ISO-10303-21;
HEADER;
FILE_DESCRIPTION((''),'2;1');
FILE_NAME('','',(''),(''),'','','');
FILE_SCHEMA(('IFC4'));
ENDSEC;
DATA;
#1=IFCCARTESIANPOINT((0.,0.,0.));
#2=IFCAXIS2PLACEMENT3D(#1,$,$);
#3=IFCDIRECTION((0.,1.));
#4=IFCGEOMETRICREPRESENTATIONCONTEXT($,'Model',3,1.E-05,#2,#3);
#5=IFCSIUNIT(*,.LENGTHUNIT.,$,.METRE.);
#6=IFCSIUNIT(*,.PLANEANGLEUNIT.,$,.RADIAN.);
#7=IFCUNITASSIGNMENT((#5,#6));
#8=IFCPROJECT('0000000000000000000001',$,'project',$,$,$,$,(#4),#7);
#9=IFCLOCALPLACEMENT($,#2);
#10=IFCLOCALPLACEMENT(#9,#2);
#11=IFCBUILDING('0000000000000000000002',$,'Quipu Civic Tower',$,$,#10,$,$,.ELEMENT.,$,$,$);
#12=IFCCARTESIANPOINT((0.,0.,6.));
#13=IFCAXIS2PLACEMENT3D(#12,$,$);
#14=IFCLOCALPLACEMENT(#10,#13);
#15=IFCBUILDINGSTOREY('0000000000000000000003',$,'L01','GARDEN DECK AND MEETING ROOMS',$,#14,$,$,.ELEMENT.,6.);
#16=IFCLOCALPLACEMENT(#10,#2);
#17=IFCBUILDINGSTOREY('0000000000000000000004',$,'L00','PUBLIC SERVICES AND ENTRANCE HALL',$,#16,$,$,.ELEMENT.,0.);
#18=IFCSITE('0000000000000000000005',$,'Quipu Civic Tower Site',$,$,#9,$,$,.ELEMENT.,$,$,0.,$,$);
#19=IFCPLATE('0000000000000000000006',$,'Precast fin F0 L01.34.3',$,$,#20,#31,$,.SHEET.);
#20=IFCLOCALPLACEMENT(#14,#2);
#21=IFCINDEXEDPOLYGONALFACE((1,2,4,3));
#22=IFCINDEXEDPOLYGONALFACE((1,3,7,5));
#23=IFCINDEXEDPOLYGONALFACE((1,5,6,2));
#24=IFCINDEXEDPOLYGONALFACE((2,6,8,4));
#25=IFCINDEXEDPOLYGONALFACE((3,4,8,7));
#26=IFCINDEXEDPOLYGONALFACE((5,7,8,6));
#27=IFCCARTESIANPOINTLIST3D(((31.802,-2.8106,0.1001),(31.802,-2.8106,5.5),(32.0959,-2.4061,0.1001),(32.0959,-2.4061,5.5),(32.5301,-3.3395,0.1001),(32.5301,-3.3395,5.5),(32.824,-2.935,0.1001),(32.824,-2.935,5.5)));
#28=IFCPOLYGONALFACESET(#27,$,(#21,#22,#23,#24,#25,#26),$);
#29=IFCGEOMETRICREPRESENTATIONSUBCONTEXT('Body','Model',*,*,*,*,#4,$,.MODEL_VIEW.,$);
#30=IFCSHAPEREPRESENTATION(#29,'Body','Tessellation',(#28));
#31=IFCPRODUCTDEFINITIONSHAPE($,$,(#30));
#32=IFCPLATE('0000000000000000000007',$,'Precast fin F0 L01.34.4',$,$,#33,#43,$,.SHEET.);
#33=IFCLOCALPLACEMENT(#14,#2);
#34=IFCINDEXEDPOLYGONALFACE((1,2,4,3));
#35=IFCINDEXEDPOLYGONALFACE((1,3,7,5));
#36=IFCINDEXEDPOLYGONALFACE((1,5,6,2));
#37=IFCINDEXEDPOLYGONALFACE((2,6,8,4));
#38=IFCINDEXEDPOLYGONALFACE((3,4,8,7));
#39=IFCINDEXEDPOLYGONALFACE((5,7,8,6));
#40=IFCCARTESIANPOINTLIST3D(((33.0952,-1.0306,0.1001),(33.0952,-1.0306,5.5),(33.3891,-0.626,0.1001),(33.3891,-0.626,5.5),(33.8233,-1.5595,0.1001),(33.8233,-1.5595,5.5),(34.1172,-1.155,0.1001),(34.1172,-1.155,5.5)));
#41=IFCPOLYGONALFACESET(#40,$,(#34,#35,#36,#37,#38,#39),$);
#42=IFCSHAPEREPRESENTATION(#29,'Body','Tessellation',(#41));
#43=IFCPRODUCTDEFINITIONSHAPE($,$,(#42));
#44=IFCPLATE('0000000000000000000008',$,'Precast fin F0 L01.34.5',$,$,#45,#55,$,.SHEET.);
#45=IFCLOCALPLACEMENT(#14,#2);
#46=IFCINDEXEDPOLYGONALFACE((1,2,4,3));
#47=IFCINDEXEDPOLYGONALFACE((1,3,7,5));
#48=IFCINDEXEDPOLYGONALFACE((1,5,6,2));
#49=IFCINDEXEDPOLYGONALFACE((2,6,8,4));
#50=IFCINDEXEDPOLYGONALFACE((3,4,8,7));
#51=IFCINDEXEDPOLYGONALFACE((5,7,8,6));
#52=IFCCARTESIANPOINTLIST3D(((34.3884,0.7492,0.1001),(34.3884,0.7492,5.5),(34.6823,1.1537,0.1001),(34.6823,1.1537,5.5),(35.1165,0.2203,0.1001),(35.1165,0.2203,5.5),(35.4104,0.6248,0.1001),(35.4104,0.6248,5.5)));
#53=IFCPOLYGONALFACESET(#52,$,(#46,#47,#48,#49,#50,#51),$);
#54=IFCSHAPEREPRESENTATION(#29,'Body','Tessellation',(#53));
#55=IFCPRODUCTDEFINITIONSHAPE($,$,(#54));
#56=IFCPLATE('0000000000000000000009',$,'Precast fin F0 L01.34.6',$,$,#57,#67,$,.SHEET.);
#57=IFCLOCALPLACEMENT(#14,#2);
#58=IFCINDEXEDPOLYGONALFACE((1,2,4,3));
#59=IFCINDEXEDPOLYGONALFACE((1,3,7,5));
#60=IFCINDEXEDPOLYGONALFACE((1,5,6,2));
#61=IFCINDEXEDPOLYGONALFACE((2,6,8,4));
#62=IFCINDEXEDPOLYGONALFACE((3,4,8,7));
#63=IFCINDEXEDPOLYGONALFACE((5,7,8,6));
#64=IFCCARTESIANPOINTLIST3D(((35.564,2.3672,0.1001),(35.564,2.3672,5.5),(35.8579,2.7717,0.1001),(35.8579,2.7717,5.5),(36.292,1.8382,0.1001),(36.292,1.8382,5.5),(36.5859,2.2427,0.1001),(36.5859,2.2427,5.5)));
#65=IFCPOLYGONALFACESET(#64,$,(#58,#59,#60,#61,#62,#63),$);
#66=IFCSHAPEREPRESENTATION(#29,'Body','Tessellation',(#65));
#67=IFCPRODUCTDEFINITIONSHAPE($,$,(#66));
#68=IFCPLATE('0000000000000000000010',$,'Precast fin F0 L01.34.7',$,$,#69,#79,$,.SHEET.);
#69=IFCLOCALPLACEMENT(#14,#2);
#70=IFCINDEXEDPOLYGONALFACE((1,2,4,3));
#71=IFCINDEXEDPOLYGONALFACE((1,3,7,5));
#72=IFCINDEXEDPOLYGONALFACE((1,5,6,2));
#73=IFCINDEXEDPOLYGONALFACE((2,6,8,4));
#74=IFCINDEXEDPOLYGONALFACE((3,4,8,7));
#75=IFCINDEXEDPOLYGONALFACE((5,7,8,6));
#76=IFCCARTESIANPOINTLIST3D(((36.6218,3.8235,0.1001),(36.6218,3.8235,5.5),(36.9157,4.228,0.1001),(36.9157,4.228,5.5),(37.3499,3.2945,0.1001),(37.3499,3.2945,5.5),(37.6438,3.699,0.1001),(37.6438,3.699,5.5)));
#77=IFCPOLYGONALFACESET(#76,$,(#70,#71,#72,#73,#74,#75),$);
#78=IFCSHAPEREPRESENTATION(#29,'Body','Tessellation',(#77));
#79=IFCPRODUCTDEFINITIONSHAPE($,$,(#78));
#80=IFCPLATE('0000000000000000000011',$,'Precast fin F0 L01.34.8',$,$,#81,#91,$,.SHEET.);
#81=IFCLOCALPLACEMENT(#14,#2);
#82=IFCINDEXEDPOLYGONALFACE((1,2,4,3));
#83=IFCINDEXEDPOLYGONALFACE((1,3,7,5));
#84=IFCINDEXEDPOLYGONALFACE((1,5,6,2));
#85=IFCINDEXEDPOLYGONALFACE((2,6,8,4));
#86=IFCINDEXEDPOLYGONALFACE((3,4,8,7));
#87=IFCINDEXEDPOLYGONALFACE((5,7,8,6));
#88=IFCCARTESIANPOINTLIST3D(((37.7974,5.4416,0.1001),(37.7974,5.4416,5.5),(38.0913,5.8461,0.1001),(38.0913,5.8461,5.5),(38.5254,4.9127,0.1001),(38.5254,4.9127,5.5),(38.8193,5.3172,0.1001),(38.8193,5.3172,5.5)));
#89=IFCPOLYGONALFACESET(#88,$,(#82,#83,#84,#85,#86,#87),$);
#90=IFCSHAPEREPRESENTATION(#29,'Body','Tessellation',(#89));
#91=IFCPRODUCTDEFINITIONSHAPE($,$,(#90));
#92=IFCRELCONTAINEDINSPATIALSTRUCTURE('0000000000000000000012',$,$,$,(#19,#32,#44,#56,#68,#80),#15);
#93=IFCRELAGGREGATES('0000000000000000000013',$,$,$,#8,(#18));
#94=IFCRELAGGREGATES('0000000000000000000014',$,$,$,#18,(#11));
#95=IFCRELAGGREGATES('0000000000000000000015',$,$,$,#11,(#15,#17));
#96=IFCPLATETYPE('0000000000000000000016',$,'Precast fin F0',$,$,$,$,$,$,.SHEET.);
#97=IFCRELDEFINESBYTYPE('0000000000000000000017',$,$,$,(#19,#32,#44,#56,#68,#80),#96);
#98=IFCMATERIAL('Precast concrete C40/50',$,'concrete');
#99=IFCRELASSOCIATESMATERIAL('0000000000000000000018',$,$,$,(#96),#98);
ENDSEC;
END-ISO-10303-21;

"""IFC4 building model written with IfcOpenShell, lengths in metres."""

from ifc_helpers import new_model, si_unit, direction, frame, origin, origin_2d, place, context, subcontext, project, spatial, rectangle, extrude, material, type_object, element, save


model = new_model("IFC4")

# Units and contexts
model_context = context("Model", 3, precision=1e-05, world=origin(), true_north=direction((0.0, 1.0)))
body_context = subcontext(model_context, "Body", "Model", "MODEL_VIEW")
ifc_project = project(units=[si_unit("LENGTHUNIT", "METRE"), si_unit("PLANEANGLEUNIT", "RADIAN")], contexts=[model_context])

# Site, building, storey
site_placement = place(None, origin())
site = spatial("IfcSite", under=ifc_project, at=site_placement, Name="Quipu Civic Tower Site", CompositionType="ELEMENT", RefElevation=0.0)
building_placement = place(site_placement, origin())
building = spatial("IfcBuilding", under=site, at=building_placement, Name="Quipu Civic Tower", CompositionType="ELEMENT")
storey_1_placement = place(building_placement, frame((0.0, 0.0, 6.0)))
storey_1 = spatial("IfcBuildingStorey", under=building, at=storey_1_placement, Name="L01", Description="GARDEN DECK AND MEETING ROOMS", CompositionType="ELEMENT", Elevation=6.0)

# Shared definitions
storey_2_placement = place(building_placement, origin())
storey_2 = spatial("IfcBuildingStorey", under=building, at=storey_2_placement, Name="L00", Description="PUBLIC SERVICES AND ENTRANCE HALL", CompositionType="ELEMENT", Elevation=0.0)

# Plates
ifc_material_1 = material(Name="Precast concrete C40/50", Category="concrete")
plate_type_1 = type_object("IfcPlateType", Name="Precast fin F0", PredefinedType="SHEET", material=ifc_material_1)
for number, where, z_axis, x_axis, name in (
    (1, (32.313, -2.8728, 0.1001), (0.0, 0.0, 1.0), (0.587786, 0.809017, 0.0), "Precast fin F0 L01.34.3"),
    (2, (33.6062, -1.0928, 0.1001), (0.0, 0.0, 1.0), (0.587786, 0.809017, 0.0), "Precast fin F0 L01.34.4"),
    (3, (34.8994, 0.687, 0.1001), (0.0, 0.0, 1.0), (0.587786, 0.809017, 0.0), "Precast fin F0 L01.34.5"),
    (4, (36.075, 2.3049, 0.1001), (0.0, 0.0, 1.0), (0.587786, 0.809017, 0.0), "Precast fin F0 L01.34.6"),
    (5, (37.1328, 3.7612, 0.1001), (0.0, 0.0, 1.0), (0.587786, 0.809017, 0.0), "Precast fin F0 L01.34.7"),
    (6, (38.3083, 5.3794, 0.1001), (0.0, 0.0, 1.0), (0.587786, 0.809017, 0.0), "Precast fin F0 L01.34.8"),
):
    element("IfcPlate", number, at=place(storey_1_placement, frame(where, z_axis=z_axis, x_axis=x_axis)), inside=storey_1, type_object=plate_type_1, Name=name, PredefinedType="SHEET", context=body_context, shape_type="SweptSolid", body=[
        extrude(rectangle(XDim=0.5, YDim=0.8999, at=origin_2d()), origin(), (0.0, 0.0, 1.0), 5.3999),
    ])

save(model, "model.ifc")
